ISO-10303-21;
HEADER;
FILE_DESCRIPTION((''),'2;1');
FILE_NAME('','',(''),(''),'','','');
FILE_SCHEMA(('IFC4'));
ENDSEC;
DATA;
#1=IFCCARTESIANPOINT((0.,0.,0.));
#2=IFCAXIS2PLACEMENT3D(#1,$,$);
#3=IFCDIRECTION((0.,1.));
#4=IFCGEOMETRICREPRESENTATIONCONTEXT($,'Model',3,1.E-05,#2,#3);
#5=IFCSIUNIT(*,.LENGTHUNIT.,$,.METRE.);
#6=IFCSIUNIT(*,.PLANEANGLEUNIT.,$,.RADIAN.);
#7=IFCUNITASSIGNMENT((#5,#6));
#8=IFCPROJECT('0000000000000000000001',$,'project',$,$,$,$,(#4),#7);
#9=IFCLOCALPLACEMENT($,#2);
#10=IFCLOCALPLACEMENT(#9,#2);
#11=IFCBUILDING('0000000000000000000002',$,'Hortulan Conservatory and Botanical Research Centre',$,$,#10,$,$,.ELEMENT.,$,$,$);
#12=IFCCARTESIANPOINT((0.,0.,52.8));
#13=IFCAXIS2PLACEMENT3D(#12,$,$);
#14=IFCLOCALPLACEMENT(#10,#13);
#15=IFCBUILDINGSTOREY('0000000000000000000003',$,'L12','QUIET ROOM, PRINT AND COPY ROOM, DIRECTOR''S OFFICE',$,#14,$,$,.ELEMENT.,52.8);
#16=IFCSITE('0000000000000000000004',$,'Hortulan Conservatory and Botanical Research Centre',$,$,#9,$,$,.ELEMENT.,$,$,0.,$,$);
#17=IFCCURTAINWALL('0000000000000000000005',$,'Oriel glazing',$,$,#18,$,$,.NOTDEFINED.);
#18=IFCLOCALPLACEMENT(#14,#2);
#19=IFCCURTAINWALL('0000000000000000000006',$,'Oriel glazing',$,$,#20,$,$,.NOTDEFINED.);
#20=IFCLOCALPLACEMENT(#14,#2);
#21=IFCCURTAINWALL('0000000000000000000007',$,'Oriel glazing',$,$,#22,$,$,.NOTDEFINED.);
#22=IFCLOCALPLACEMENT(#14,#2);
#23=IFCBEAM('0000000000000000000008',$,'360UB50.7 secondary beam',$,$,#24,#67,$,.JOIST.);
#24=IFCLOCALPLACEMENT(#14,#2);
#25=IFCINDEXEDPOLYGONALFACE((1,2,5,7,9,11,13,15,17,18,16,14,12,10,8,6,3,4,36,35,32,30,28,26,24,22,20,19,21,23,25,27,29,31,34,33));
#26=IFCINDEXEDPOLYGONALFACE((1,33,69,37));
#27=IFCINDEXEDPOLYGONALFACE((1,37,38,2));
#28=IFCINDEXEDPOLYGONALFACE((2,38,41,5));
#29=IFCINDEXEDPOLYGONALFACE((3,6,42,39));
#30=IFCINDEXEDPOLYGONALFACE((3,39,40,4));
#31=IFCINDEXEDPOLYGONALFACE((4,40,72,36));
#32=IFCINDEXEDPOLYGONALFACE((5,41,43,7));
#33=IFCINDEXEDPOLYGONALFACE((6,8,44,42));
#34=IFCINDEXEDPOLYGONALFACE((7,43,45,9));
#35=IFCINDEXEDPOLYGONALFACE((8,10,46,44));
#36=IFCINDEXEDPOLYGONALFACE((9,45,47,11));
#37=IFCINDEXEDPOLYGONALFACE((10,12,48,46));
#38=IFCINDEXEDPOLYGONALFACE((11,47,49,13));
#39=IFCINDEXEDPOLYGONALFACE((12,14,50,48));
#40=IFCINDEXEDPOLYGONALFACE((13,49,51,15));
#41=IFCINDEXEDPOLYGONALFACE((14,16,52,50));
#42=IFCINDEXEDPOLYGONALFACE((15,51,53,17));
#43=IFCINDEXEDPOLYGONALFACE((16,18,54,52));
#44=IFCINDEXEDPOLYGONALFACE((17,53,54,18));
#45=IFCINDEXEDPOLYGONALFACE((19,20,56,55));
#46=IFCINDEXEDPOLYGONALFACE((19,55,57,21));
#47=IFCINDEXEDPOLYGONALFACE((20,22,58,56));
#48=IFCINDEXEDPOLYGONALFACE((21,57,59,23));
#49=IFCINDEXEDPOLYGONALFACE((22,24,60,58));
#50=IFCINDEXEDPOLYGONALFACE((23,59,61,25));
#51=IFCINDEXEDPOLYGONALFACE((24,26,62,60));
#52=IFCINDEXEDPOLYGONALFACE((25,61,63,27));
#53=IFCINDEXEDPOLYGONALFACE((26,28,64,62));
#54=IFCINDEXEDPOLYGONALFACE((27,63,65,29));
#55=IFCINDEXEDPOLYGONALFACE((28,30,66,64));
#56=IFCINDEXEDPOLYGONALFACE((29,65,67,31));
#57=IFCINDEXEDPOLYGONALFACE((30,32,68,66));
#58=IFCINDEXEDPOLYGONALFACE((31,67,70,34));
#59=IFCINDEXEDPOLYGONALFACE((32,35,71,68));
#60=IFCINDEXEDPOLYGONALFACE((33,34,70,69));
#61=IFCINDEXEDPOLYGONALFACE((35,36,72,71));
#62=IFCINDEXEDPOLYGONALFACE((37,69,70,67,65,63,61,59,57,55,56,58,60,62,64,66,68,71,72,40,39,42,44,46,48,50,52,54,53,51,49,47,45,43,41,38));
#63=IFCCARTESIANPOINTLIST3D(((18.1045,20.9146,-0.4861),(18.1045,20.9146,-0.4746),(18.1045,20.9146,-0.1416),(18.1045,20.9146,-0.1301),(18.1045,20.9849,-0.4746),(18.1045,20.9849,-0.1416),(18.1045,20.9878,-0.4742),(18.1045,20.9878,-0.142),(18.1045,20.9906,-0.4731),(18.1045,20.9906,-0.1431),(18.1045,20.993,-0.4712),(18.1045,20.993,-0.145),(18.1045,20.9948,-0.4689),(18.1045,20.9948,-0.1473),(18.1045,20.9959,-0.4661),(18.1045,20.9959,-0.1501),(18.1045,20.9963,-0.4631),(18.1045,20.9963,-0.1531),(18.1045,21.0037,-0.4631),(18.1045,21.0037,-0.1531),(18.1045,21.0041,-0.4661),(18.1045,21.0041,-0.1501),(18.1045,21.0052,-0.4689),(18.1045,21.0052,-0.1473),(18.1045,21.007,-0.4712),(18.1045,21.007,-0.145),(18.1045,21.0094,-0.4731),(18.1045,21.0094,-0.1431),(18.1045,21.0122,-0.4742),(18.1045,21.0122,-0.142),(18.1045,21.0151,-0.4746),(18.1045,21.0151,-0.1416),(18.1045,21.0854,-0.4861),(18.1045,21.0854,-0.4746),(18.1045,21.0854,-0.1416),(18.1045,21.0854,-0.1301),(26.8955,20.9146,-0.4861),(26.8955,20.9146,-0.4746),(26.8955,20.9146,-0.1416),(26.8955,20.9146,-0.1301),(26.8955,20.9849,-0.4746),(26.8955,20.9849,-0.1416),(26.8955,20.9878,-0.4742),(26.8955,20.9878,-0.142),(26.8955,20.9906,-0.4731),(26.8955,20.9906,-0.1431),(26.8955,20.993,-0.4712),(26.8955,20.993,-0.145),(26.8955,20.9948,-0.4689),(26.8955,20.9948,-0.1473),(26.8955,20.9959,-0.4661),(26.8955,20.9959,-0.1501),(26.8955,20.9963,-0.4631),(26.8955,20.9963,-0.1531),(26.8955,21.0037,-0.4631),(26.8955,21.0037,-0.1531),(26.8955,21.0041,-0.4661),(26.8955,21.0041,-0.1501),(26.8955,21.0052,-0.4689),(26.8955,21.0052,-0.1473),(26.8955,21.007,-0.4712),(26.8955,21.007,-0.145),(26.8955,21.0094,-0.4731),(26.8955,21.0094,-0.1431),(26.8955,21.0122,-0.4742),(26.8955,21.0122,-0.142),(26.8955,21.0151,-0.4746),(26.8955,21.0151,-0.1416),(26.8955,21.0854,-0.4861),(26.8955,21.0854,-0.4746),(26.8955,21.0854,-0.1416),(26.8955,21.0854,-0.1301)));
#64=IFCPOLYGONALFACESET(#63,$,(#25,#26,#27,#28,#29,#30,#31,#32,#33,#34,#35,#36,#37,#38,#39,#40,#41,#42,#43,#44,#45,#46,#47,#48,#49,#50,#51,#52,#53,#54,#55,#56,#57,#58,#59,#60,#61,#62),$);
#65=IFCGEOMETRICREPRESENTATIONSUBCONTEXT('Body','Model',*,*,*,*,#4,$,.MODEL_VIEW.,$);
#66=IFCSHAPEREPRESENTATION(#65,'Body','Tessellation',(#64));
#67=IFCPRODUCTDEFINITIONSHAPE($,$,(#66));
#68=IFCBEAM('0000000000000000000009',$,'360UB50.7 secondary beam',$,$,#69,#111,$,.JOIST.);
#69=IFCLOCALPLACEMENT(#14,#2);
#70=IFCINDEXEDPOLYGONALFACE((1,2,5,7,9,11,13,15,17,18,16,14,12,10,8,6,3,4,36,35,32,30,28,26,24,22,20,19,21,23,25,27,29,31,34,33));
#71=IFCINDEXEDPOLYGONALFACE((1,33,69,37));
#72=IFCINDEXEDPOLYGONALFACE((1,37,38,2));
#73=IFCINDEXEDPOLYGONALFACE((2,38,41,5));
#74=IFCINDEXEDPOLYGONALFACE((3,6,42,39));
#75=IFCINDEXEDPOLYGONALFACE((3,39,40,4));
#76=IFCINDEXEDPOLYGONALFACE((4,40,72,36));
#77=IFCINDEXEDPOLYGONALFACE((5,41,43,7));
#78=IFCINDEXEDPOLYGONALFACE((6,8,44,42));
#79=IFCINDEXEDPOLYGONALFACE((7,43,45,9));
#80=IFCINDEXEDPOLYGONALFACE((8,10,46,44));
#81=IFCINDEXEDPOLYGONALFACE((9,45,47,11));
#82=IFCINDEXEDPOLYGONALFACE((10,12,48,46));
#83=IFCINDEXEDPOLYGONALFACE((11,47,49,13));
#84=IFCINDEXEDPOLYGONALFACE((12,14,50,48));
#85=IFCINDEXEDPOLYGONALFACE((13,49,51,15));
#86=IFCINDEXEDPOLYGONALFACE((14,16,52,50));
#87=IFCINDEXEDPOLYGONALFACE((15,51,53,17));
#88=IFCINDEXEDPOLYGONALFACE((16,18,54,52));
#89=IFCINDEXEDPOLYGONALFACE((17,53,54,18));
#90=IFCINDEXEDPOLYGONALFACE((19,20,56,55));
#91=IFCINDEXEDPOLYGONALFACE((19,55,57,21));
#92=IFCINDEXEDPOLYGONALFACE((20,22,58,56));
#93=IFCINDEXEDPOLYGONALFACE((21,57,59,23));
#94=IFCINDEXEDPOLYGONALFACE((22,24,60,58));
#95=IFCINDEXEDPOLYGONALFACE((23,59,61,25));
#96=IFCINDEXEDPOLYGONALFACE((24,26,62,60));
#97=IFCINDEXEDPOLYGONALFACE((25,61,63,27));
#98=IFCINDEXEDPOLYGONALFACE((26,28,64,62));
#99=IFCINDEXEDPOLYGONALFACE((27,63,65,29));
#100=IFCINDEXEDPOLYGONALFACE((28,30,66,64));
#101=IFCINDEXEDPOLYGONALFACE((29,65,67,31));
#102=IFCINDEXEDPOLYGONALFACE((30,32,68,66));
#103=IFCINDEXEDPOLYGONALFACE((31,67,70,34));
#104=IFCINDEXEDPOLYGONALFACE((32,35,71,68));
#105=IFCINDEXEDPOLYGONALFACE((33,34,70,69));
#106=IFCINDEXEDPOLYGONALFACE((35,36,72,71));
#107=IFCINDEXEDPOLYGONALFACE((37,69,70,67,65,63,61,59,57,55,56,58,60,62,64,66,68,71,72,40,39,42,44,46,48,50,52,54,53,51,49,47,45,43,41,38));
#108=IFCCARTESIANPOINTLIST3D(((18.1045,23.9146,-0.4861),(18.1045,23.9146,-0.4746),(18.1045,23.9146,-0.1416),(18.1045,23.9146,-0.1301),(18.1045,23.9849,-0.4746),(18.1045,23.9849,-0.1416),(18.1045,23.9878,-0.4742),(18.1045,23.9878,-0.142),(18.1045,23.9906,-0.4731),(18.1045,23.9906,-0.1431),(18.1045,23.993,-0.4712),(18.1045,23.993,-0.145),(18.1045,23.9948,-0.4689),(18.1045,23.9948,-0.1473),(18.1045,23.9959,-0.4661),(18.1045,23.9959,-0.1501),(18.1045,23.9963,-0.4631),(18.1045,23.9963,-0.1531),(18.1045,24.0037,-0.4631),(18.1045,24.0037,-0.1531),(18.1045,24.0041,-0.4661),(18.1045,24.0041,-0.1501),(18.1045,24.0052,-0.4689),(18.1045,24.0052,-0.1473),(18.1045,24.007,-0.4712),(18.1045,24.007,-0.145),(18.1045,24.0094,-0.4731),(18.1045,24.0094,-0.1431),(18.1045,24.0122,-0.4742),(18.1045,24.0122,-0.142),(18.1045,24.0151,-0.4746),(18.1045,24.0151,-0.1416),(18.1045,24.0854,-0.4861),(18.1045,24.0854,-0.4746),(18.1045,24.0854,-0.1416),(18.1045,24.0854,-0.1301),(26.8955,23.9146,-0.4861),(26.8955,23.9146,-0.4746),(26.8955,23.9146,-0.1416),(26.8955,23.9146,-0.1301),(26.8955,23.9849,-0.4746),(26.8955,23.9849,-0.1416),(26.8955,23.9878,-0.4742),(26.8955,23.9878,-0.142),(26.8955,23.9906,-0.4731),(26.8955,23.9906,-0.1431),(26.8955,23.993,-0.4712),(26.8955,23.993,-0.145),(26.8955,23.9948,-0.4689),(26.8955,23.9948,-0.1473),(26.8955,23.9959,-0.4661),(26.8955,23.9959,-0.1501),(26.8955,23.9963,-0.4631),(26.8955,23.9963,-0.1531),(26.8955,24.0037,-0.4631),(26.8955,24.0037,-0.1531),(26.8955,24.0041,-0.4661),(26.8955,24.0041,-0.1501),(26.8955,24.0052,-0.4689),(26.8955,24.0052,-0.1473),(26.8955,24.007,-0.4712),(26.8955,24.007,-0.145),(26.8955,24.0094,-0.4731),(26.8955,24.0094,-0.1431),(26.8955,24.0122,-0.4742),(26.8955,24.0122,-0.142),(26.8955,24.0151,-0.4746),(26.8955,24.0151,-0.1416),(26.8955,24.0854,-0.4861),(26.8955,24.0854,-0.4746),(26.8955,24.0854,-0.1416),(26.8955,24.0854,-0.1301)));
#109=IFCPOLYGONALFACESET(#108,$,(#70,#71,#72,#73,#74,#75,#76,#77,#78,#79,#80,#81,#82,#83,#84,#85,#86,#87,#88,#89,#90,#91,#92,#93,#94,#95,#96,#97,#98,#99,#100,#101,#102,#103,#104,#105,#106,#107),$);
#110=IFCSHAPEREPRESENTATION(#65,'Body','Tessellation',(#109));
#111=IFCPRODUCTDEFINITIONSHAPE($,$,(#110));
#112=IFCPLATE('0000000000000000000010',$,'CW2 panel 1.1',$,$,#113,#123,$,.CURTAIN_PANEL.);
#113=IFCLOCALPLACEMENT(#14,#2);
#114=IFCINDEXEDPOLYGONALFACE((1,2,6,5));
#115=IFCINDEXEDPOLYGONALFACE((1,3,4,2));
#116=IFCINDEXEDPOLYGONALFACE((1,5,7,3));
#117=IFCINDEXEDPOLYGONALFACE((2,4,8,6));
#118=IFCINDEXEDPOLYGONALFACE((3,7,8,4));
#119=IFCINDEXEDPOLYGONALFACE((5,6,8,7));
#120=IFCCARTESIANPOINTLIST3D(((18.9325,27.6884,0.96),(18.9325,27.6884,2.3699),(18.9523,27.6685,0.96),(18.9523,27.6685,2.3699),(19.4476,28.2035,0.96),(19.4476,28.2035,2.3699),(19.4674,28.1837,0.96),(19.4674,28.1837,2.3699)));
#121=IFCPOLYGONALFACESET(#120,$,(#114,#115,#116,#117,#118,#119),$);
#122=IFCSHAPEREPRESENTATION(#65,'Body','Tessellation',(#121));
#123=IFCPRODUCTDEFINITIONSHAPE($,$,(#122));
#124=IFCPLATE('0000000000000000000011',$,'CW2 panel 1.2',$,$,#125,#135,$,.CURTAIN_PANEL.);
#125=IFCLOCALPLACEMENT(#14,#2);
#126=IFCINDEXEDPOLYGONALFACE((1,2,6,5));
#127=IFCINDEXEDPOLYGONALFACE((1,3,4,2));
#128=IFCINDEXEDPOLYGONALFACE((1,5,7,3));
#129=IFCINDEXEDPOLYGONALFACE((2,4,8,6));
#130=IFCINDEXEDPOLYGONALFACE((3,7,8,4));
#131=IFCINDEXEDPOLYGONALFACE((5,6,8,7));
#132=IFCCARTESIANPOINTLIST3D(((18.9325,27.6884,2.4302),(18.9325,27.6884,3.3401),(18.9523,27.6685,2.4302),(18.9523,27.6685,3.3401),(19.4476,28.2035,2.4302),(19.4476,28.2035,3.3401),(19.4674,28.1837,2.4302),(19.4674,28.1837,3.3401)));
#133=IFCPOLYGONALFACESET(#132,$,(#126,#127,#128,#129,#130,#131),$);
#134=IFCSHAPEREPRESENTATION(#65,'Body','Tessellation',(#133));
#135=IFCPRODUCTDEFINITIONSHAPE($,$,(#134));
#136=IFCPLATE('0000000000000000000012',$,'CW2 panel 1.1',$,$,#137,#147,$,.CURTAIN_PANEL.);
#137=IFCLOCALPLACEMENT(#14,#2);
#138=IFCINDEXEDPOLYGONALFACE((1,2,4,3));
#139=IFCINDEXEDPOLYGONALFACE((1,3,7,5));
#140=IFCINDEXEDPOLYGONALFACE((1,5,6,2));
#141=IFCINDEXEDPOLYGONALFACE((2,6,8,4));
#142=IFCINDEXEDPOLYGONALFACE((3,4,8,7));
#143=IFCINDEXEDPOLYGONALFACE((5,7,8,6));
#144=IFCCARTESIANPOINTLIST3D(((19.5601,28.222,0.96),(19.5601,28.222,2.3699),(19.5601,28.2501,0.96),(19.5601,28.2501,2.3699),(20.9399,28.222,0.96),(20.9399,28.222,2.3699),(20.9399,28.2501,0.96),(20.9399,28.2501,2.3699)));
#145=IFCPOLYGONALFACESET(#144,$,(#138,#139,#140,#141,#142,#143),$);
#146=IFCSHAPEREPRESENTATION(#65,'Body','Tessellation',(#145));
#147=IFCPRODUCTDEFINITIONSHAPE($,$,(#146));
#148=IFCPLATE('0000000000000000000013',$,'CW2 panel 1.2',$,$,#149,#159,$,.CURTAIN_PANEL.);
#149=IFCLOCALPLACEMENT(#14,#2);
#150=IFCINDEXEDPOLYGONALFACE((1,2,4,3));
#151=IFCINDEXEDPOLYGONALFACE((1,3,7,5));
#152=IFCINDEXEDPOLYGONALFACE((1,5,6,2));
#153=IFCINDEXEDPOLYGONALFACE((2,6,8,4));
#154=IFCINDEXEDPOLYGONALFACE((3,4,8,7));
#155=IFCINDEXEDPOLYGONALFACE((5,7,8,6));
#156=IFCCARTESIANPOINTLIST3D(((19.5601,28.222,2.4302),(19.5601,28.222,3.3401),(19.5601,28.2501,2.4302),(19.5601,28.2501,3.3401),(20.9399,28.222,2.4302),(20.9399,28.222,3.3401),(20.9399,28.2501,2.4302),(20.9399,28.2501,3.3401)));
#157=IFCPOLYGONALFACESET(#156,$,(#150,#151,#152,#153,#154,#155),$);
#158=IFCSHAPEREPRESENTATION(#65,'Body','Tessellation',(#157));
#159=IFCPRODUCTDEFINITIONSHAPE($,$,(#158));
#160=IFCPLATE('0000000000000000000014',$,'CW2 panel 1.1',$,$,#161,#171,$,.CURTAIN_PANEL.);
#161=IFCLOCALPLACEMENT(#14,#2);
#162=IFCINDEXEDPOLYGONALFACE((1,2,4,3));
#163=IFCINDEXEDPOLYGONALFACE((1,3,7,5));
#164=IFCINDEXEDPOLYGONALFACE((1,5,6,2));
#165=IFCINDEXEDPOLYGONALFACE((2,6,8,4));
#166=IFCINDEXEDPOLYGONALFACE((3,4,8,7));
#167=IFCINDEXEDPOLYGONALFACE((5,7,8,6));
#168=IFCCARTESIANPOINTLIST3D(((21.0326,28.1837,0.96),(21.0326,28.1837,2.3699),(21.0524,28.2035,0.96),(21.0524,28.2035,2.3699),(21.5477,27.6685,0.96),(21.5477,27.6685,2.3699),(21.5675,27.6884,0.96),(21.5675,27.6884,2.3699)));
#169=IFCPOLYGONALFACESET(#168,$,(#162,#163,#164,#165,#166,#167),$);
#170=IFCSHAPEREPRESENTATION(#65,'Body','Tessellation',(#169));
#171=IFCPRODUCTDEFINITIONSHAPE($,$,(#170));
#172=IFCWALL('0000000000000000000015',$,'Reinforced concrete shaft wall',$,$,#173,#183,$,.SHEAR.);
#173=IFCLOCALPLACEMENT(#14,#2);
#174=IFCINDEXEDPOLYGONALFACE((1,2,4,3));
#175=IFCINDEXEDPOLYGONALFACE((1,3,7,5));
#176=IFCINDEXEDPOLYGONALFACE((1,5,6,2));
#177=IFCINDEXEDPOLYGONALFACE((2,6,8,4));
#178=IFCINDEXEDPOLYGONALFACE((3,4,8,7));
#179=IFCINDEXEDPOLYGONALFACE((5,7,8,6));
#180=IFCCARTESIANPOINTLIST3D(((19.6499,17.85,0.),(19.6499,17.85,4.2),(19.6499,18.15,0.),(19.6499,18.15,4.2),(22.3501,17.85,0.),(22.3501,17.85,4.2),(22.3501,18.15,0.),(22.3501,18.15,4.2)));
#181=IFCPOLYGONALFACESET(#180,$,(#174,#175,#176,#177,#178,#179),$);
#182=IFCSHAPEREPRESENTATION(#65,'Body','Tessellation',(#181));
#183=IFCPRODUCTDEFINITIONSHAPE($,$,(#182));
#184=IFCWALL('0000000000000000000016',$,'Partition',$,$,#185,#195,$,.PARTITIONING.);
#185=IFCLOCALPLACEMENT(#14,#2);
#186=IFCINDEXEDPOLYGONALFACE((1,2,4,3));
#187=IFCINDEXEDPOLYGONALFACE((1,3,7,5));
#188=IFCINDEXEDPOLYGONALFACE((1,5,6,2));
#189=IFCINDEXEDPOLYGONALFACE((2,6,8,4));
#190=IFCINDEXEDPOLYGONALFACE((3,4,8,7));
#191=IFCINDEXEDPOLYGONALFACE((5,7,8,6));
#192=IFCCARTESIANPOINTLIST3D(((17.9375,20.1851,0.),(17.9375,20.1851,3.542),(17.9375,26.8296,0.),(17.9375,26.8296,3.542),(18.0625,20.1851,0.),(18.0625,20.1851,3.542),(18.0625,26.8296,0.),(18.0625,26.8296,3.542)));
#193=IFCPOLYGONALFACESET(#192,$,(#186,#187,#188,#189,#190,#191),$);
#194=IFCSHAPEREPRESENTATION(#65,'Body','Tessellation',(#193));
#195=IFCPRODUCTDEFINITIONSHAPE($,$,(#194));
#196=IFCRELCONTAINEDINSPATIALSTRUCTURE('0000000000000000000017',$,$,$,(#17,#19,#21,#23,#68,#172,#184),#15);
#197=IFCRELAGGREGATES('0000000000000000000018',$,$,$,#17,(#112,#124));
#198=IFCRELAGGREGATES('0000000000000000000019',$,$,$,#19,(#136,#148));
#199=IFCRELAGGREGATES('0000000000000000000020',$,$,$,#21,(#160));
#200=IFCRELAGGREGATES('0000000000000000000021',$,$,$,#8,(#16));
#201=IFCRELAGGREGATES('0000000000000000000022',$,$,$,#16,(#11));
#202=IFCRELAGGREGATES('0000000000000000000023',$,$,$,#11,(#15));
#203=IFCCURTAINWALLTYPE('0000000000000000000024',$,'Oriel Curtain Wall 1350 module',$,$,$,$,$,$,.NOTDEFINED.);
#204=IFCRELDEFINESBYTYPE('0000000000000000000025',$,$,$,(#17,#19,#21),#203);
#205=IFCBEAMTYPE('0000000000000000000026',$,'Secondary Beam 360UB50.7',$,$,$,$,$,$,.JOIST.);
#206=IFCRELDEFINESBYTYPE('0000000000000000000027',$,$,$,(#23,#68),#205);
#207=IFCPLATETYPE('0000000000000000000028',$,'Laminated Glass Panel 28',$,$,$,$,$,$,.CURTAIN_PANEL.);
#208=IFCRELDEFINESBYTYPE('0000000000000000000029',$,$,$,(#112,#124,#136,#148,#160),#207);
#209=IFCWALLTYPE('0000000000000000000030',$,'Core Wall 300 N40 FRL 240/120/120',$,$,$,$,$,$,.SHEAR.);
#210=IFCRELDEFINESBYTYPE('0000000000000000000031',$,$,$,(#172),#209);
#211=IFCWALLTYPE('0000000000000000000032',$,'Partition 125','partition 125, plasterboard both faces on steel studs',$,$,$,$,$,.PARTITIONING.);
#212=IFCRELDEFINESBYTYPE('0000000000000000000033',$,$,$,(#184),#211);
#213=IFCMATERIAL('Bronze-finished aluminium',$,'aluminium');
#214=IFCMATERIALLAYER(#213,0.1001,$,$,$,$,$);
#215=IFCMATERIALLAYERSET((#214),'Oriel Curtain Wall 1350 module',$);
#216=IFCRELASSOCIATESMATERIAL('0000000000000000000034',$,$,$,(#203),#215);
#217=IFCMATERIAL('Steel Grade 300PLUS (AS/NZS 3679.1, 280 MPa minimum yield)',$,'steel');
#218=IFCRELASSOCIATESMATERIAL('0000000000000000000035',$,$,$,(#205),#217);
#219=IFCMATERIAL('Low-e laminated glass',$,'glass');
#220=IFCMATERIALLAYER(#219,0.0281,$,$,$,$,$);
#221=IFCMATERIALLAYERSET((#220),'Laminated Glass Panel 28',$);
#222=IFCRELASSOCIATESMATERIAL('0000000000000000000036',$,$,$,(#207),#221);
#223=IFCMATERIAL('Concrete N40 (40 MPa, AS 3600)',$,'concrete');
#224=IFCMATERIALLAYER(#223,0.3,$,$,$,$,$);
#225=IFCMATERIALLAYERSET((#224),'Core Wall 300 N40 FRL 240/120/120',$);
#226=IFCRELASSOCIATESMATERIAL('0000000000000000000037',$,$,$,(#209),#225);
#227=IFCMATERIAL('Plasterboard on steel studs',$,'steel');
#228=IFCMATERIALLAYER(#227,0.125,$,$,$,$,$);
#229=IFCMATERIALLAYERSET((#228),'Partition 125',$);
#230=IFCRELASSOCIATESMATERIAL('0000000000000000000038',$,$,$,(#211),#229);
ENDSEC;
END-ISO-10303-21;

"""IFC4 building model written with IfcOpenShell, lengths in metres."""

from ifc_helpers import new_model, si_unit, direction, frame, frame_2d, origin, origin_2d, place, context, subcontext, project, spatial, rectangle, i_section, extrude, material, layer, layer_set, material_profile, profile_set, type_object, element, aggregate, save


model = new_model("IFC4")

# Units and contexts
model_context = context("Model", 3, precision=1e-05, world=origin(), true_north=direction((0.0, 1.0)))
body_context = subcontext(model_context, "Body", "Model", "MODEL_VIEW")
ifc_project = project(units=[si_unit("LENGTHUNIT", "METRE"), si_unit("PLANEANGLEUNIT", "RADIAN")], contexts=[model_context])

# Site, building, storey
site_placement = place(None, origin())
site = spatial("IfcSite", under=ifc_project, at=site_placement, Name="Hortulan Conservatory and Botanical Research Centre", CompositionType="ELEMENT", RefElevation=0.0)
building_placement = place(site_placement, origin())
building = spatial("IfcBuilding", under=site, at=building_placement, Name="Hortulan Conservatory and Botanical Research Centre", CompositionType="ELEMENT")
storey_placement = place(building_placement, frame((0.0, 0.0, 52.8)))
storey = spatial("IfcBuildingStorey", under=building, at=storey_placement, Name="L12", Description="QUIET ROOM, PRINT AND COPY ROOM, DIRECTOR'S OFFICE", CompositionType="ELEMENT", Elevation=52.8)

# Shared definitions
ifc_material_1 = material(Name="Steel Grade 300PLUS (AS/NZS 3679.1, 280 MPa minimum yield)", Category="steel")

# Curtain walls
ifc_material_2 = material(Name="Bronze-finished aluminium", Category="aluminium")
ifc_layer_1 = layer(ifc_material_2, 0.1001)
ifc_layer_set_1 = layer_set([ifc_layer_1], Name="Oriel Curtain Wall 1350 module")
curtain_wall_type = type_object("IfcCurtainWallType", Name="Oriel Curtain Wall 1350 module", PredefinedType="NOTDEFINED", material=ifc_layer_set_1)
curtain_wall_1_placement = place(storey_placement, origin())
curtain_wall_1 = element("IfcCurtainWall", 1, at=curtain_wall_1_placement, inside=storey, type_object=curtain_wall_type, Name="Oriel glazing", PredefinedType="NOTDEFINED")
curtain_wall_2_placement = place(storey_placement, origin())
curtain_wall_2 = element("IfcCurtainWall", 2, at=curtain_wall_2_placement, inside=storey, type_object=curtain_wall_type, Name="Oriel glazing", PredefinedType="NOTDEFINED")

# Curtain wall
curtain_wall_3_placement = place(storey_placement, origin())
curtain_wall_3 = element("IfcCurtainWall", 3, at=curtain_wall_3_placement, inside=storey, type_object=curtain_wall_type, Name="Oriel glazing", PredefinedType="NOTDEFINED")

# Beams
ifc_material_profile_1 = material_profile(ifc_material_1, i_section(OverallWidth=0.1709, OverallDepth=0.356, WebThickness=0.0073, FlangeThickness=0.0115, FilletRadius=0.0115, at=origin_2d()), Name="360UB50.7")
ifc_profile_set_1 = profile_set([ifc_material_profile_1], Name="Steel Grade 300PLUS (AS/NZS 3679.1, 280 MPa minimum yield)")
beam_type_1 = type_object("IfcBeamType", Name="Secondary Beam 360UB50.7", PredefinedType="JOIST", material=ifc_profile_set_1)
for number, where, z_axis, x_axis, name in (
    (4, (18.1045, 21.0, -0.3081), (1.0, 0.0, 0.0), (0.0, 1.0, 0.0), "360UB50.7 secondary beam"),
    (5, (18.1045, 24.0, -0.3081), (1.0, 0.0, 0.0), (0.0, 1.0, 0.0), "360UB50.7 secondary beam"),
):
    element("IfcBeam", number, at=place(storey_placement, frame(where, z_axis=z_axis, x_axis=x_axis)), inside=storey, type_object=beam_type_1, Name=name, PredefinedType="JOIST", context=body_context, shape_type="SweptSolid", body=[
        extrude(i_section(OverallWidth=0.1709, OverallDepth=0.356, WebThickness=0.0073, FlangeThickness=0.0115, FilletRadius=0.0115, at=origin_2d()), origin(), (0.0, 0.0, 1.0), 8.791),
    ])

# Plates
ifc_material_3 = material(Name="Low-e laminated glass", Category="glass")
ifc_layer_2 = layer(ifc_material_3, 0.0281)
ifc_layer_set_2 = layer_set([ifc_layer_2], Name="Laminated Glass Panel 28")
plate_type = type_object("IfcPlateType", Name="Laminated Glass Panel 28", PredefinedType="CURTAIN_PANEL", material=ifc_layer_set_2)
plate_1_placement = place(storey_placement, frame((19.2, 27.936, 0.96), z_axis=(0.0, 0.0, 1.0), x_axis=(0.707107, 0.707107, 0.0)))
plate_1 = element("IfcPlate", 6, at=plate_1_placement, type_object=plate_type, Name="CW2 panel 1.1", PredefinedType="CURTAIN_PANEL", context=body_context, shape_type="SweptSolid", body=[
    extrude(rectangle(XDim=0.7285, YDim=0.0281, at=origin_2d()), origin(), (0.0, 0.0, 1.0), 1.4099),
])
plate_2_placement = place(storey_placement, frame((19.2, 27.936, 2.4302), z_axis=(0.0, 0.0, 1.0), x_axis=(0.707107, 0.707107, 0.0)))
plate_2 = element("IfcPlate", 7, at=plate_2_placement, type_object=plate_type, Name="CW2 panel 1.2", PredefinedType="CURTAIN_PANEL", context=body_context, shape_type="SweptSolid", body=[
    extrude(rectangle(XDim=0.7285, YDim=0.0281, at=origin_2d()), origin(), (0.0, 0.0, 1.0), 0.9099),
])
aggregate(curtain_wall_1, [plate_1, plate_2])
plate_3_placement = place(storey_placement, frame((20.25, 28.2361, 0.96), z_axis=(0.0, 0.0, 1.0), x_axis=(1.0, 0.0, 0.0)))
plate_3 = element("IfcPlate", 8, at=plate_3_placement, type_object=plate_type, Name="CW2 panel 1.1", PredefinedType="CURTAIN_PANEL", context=body_context, shape_type="SweptSolid", body=[
    extrude(rectangle(XDim=1.3799, YDim=0.0281, at=origin_2d()), origin(), (0.0, 0.0, 1.0), 1.4099),
])
plate_4_placement = place(storey_placement, frame((20.25, 28.2361, 2.4302), z_axis=(0.0, 0.0, 1.0), x_axis=(1.0, 0.0, 0.0)))
plate_4 = element("IfcPlate", 9, at=plate_4_placement, type_object=plate_type, Name="CW2 panel 1.2", PredefinedType="CURTAIN_PANEL", context=body_context, shape_type="SweptSolid", body=[
    extrude(rectangle(XDim=1.3799, YDim=0.0281, at=origin_2d()), origin(), (0.0, 0.0, 1.0), 0.9099),
])
aggregate(curtain_wall_2, [plate_3, plate_4])
plate_5_placement = place(storey_placement, frame((21.3, 27.936, 0.96), z_axis=(0.0, 0.0, 1.0), x_axis=(0.707107, -0.707107, 0.0)))
plate_5 = element("IfcPlate", 10, at=plate_5_placement, type_object=plate_type, Name="CW2 panel 1.1", PredefinedType="CURTAIN_PANEL", context=body_context, shape_type="SweptSolid", body=[
    extrude(rectangle(XDim=0.7285, YDim=0.0281, at=origin_2d()), origin(), (0.0, 0.0, 1.0), 1.4099),
])
aggregate(curtain_wall_3, [plate_5])

# Walls
ifc_material_4 = material(Name="Concrete N40 (40 MPa, AS 3600)", Category="concrete")
ifc_layer_3 = layer(ifc_material_4, 0.3)
ifc_layer_set_3 = layer_set([ifc_layer_3], Name="Core Wall 300 N40 FRL 240/120/120")
wall_type_1 = type_object("IfcWallType", Name="Core Wall 300 N40 FRL 240/120/120", PredefinedType="SHEAR", material=ifc_layer_set_3)
wall_1_placement = place(storey_placement, frame((19.6499, 18.0, 0.0), z_axis=(0.0, 0.0, 1.0), x_axis=(1.0, 0.0, 0.0)))
element("IfcWall", 11, at=wall_1_placement, inside=storey, type_object=wall_type_1, Name="Reinforced concrete shaft wall", PredefinedType="SHEAR", context=body_context, shape_type="SweptSolid", body=[
    extrude(rectangle(XDim=2.7002, YDim=0.3, at=frame_2d((1.3501, 0.0))), origin(), (0.0, 0.0, 1.0), 4.2),
])
ifc_material_5 = material(Name="Plasterboard on steel studs", Category="steel")
ifc_layer_4 = layer(ifc_material_5, 0.125)
ifc_layer_set_4 = layer_set([ifc_layer_4], Name="Partition 125")
wall_type_2 = type_object("IfcWallType", Name="Partition 125", Description="partition 125, plasterboard both faces on steel studs", PredefinedType="PARTITIONING", material=ifc_layer_set_4)
wall_2_placement = place(storey_placement, frame((18.0, 20.1851, 0.0), z_axis=(0.0, 0.0, 1.0), x_axis=(0.0, 1.0, 0.0)))
element("IfcWall", 12, at=wall_2_placement, inside=storey, type_object=wall_type_2, Name="Partition", PredefinedType="PARTITIONING", context=body_context, shape_type="SweptSolid", body=[
    extrude(rectangle(XDim=6.6445, YDim=0.125, at=frame_2d((3.3223, 0.0))), origin(), (0.0, 0.0, 1.0), 3.542),
])

save(model, "model.ifc")
